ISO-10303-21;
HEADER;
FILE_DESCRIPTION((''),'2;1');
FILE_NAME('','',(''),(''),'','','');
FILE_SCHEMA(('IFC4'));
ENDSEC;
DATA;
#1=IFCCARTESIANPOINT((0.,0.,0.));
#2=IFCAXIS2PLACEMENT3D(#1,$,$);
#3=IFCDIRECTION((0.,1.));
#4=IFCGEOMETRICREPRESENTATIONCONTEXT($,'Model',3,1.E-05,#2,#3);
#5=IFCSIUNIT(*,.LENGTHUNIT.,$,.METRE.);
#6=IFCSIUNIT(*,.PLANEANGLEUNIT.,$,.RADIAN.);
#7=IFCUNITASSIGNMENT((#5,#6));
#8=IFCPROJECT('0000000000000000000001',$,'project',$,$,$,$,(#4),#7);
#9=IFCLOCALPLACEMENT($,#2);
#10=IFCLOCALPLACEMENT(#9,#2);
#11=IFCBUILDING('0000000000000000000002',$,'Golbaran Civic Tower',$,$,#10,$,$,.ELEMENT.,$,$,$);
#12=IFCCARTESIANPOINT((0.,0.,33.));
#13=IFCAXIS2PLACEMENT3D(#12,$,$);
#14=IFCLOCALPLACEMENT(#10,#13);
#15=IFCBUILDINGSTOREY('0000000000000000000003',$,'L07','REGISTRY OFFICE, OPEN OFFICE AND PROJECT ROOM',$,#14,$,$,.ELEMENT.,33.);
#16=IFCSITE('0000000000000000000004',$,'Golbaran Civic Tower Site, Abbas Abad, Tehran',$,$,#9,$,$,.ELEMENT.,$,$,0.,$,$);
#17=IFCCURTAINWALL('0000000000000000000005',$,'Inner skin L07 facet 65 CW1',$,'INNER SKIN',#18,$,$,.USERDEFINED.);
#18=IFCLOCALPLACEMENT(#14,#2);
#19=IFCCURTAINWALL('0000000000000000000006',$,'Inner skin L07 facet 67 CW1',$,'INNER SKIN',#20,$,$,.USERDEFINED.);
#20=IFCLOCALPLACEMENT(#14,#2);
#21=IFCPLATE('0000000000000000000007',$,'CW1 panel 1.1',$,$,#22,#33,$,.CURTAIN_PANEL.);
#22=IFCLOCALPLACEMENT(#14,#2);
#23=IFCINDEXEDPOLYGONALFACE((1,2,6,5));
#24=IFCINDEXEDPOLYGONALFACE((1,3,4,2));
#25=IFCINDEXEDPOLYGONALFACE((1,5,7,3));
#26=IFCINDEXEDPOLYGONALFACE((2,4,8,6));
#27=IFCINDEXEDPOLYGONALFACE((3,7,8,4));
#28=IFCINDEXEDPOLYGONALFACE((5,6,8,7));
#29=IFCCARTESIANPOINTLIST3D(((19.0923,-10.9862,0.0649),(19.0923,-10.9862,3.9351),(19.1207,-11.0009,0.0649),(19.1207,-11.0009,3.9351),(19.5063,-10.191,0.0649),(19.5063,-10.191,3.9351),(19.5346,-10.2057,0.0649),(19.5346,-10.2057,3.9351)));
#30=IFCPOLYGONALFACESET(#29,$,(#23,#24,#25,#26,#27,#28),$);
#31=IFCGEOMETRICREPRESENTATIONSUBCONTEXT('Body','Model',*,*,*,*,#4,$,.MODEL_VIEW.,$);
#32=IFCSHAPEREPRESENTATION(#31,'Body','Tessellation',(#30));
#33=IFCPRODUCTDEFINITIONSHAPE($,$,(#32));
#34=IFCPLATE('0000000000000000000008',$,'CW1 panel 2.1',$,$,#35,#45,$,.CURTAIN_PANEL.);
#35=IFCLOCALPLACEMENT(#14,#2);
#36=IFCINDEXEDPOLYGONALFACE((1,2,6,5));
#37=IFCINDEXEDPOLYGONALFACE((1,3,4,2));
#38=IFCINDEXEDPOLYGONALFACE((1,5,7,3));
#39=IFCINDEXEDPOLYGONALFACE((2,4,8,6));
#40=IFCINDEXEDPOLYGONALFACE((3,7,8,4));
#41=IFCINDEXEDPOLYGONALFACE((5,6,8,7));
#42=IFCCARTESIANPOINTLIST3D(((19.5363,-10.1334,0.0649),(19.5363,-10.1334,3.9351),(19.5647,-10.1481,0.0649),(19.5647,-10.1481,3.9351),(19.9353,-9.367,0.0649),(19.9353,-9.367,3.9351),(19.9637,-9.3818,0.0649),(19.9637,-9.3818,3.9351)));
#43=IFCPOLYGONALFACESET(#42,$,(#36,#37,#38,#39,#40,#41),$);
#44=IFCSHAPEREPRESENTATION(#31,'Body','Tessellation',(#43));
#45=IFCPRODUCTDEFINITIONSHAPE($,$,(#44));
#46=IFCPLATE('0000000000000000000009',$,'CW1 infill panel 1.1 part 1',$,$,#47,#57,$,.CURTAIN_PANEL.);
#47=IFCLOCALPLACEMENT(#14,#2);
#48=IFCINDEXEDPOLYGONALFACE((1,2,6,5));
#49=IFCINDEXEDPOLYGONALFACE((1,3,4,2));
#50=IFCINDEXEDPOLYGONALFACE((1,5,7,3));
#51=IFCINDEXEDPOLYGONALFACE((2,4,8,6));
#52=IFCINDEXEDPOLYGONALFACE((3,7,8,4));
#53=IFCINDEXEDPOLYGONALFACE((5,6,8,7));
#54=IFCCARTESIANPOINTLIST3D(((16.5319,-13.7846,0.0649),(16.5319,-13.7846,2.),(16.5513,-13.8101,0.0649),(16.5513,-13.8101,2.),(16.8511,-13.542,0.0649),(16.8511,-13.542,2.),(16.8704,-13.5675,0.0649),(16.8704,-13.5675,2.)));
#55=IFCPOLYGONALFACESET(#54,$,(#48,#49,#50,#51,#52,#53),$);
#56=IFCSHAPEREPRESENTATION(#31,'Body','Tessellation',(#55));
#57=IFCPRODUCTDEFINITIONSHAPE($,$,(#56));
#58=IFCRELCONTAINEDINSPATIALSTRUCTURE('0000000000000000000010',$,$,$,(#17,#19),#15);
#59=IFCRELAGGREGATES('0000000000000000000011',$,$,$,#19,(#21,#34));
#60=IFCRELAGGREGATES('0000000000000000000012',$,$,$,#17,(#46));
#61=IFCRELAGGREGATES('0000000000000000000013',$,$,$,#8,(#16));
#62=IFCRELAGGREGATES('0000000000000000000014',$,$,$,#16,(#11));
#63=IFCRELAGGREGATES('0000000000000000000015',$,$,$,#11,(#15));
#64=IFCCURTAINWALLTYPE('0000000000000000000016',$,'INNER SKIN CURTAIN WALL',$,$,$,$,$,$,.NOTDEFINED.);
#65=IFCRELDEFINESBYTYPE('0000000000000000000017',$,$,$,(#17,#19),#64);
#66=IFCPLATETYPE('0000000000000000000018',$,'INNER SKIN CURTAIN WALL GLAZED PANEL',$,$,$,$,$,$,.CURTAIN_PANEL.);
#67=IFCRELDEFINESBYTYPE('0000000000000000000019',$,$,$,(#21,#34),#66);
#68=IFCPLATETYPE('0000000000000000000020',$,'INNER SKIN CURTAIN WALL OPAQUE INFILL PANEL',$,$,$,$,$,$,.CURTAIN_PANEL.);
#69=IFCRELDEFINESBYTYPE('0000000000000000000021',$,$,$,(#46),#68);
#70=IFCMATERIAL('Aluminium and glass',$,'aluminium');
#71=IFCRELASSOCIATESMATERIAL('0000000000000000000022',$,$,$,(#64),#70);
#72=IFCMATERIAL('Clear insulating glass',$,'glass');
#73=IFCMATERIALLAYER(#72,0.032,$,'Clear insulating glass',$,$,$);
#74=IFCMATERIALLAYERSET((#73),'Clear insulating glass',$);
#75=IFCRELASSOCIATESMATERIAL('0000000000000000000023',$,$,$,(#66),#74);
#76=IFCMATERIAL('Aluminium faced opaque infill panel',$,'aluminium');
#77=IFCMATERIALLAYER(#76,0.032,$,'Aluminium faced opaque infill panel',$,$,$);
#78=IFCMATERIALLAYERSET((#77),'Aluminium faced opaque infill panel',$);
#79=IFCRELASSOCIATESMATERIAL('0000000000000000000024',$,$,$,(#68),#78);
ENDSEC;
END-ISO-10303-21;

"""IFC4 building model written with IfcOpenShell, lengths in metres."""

from ifc_helpers import new_model, si_unit, direction, frame, origin, origin_2d, place, context, subcontext, project, spatial, rectangle, extrude, material, layer, layer_set, type_object, element, aggregate, save


model = new_model("IFC4")

# Units and contexts
model_context = context("Model", 3, precision=1e-05, world=origin(), true_north=direction((0.0, 1.0)))
body_context = subcontext(model_context, "Body", "Model", "MODEL_VIEW")
ifc_project = project(units=[si_unit("LENGTHUNIT", "METRE"), si_unit("PLANEANGLEUNIT", "RADIAN")], contexts=[model_context])

# Site, building, storey
site_placement = place(None, origin())
site = spatial("IfcSite", under=ifc_project, at=site_placement, Name="Golbaran Civic Tower Site, Abbas Abad, Tehran", CompositionType="ELEMENT", RefElevation=0.0)
building_placement = place(site_placement, origin())
building = spatial("IfcBuilding", under=site, at=building_placement, Name="Golbaran Civic Tower", CompositionType="ELEMENT")
storey_placement = place(building_placement, frame((0.0, 0.0, 33.0)))
storey = spatial("IfcBuildingStorey", under=building, at=storey_placement, Name="L07", Description="REGISTRY OFFICE, OPEN OFFICE AND PROJECT ROOM", CompositionType="ELEMENT", Elevation=33.0)

# Shared definitions
ifc_material_1 = material(Name="Aluminium and glass", Category="aluminium")
curtain_wall_type = type_object("IfcCurtainWallType", Name="INNER SKIN CURTAIN WALL", PredefinedType="NOTDEFINED", material=ifc_material_1)

# Curtain wall
curtain_wall_1_placement = place(storey_placement, origin())
curtain_wall_1 = element("IfcCurtainWall", 1, at=curtain_wall_1_placement, inside=storey, type_object=curtain_wall_type, Name="Inner skin L07 facet 65 CW1", ObjectType="INNER SKIN", PredefinedType="USERDEFINED")

# Curtain wall
curtain_wall_2_placement = place(storey_placement, origin())
curtain_wall_2 = element("IfcCurtainWall", 2, at=curtain_wall_2_placement, inside=storey, type_object=curtain_wall_type, Name="Inner skin L07 facet 67 CW1", ObjectType="INNER SKIN", PredefinedType="USERDEFINED")

# Plates
ifc_material_2 = material(Name="Clear insulating glass", Category="glass")
ifc_layer_1 = layer(ifc_material_2, 0.032, Name="Clear insulating glass")
ifc_layer_set_1 = layer_set([ifc_layer_1], Name="Clear insulating glass")
plate_type_1 = type_object("IfcPlateType", Name="INNER SKIN CURTAIN WALL GLAZED PANEL", PredefinedType="CURTAIN_PANEL", material=ifc_layer_set_1)
plate_1_placement = place(storey_placement, frame((19.3135, -10.5959, 0.0649), z_axis=(0.0, 0.0, 1.0), x_axis=(0.461749, 0.887011, 0.0)))
plate_1 = element("IfcPlate", 3, at=plate_1_placement, type_object=plate_type_1, Name="CW1 panel 1.1", PredefinedType="CURTAIN_PANEL", context=body_context, shape_type="SweptSolid", body=[
    extrude(rectangle(XDim=0.8965, YDim=0.032, at=origin_2d()), origin(), (0.0, 0.0, 1.0), 3.8701),
])
plate_2_placement = place(storey_placement, frame((19.75, -9.7576, 0.0649), z_axis=(0.0, 0.0, 1.0), x_axis=(0.461749, 0.887011, 0.0)))
plate_2 = element("IfcPlate", 4, at=plate_2_placement, type_object=plate_type_1, Name="CW1 panel 2.1", PredefinedType="CURTAIN_PANEL", context=body_context, shape_type="SweptSolid", body=[
    extrude(rectangle(XDim=0.864, YDim=0.032, at=origin_2d()), origin(), (0.0, 0.0, 1.0), 3.8701),
])
aggregate(curtain_wall_2, [plate_1, plate_2])
ifc_material_3 = material(Name="Aluminium faced opaque infill panel", Category="aluminium")
ifc_layer_2 = layer(ifc_material_3, 0.032, Name="Aluminium faced opaque infill panel")
ifc_layer_set_2 = layer_set([ifc_layer_2], Name="Aluminium faced opaque infill panel")
plate_type_2 = type_object("IfcPlateType", Name="INNER SKIN CURTAIN WALL OPAQUE INFILL PANEL", PredefinedType="CURTAIN_PANEL", material=ifc_layer_set_2)
plate_3_placement = place(storey_placement, frame((16.7012, -13.676, 0.0649), z_axis=(0.0, 0.0, 1.0), x_axis=(0.796108, 0.605154, 0.0)))
plate_3 = element("IfcPlate", 5, at=plate_3_placement, type_object=plate_type_2, Name="CW1 infill panel 1.1 part 1", PredefinedType="CURTAIN_PANEL", context=body_context, shape_type="SweptSolid", body=[
    extrude(rectangle(XDim=0.4009, YDim=0.032, at=origin_2d()), origin(), (0.0, 0.0, 1.0), 1.9351),
])
aggregate(curtain_wall_1, [plate_3])

save(model, "model.ifc")
